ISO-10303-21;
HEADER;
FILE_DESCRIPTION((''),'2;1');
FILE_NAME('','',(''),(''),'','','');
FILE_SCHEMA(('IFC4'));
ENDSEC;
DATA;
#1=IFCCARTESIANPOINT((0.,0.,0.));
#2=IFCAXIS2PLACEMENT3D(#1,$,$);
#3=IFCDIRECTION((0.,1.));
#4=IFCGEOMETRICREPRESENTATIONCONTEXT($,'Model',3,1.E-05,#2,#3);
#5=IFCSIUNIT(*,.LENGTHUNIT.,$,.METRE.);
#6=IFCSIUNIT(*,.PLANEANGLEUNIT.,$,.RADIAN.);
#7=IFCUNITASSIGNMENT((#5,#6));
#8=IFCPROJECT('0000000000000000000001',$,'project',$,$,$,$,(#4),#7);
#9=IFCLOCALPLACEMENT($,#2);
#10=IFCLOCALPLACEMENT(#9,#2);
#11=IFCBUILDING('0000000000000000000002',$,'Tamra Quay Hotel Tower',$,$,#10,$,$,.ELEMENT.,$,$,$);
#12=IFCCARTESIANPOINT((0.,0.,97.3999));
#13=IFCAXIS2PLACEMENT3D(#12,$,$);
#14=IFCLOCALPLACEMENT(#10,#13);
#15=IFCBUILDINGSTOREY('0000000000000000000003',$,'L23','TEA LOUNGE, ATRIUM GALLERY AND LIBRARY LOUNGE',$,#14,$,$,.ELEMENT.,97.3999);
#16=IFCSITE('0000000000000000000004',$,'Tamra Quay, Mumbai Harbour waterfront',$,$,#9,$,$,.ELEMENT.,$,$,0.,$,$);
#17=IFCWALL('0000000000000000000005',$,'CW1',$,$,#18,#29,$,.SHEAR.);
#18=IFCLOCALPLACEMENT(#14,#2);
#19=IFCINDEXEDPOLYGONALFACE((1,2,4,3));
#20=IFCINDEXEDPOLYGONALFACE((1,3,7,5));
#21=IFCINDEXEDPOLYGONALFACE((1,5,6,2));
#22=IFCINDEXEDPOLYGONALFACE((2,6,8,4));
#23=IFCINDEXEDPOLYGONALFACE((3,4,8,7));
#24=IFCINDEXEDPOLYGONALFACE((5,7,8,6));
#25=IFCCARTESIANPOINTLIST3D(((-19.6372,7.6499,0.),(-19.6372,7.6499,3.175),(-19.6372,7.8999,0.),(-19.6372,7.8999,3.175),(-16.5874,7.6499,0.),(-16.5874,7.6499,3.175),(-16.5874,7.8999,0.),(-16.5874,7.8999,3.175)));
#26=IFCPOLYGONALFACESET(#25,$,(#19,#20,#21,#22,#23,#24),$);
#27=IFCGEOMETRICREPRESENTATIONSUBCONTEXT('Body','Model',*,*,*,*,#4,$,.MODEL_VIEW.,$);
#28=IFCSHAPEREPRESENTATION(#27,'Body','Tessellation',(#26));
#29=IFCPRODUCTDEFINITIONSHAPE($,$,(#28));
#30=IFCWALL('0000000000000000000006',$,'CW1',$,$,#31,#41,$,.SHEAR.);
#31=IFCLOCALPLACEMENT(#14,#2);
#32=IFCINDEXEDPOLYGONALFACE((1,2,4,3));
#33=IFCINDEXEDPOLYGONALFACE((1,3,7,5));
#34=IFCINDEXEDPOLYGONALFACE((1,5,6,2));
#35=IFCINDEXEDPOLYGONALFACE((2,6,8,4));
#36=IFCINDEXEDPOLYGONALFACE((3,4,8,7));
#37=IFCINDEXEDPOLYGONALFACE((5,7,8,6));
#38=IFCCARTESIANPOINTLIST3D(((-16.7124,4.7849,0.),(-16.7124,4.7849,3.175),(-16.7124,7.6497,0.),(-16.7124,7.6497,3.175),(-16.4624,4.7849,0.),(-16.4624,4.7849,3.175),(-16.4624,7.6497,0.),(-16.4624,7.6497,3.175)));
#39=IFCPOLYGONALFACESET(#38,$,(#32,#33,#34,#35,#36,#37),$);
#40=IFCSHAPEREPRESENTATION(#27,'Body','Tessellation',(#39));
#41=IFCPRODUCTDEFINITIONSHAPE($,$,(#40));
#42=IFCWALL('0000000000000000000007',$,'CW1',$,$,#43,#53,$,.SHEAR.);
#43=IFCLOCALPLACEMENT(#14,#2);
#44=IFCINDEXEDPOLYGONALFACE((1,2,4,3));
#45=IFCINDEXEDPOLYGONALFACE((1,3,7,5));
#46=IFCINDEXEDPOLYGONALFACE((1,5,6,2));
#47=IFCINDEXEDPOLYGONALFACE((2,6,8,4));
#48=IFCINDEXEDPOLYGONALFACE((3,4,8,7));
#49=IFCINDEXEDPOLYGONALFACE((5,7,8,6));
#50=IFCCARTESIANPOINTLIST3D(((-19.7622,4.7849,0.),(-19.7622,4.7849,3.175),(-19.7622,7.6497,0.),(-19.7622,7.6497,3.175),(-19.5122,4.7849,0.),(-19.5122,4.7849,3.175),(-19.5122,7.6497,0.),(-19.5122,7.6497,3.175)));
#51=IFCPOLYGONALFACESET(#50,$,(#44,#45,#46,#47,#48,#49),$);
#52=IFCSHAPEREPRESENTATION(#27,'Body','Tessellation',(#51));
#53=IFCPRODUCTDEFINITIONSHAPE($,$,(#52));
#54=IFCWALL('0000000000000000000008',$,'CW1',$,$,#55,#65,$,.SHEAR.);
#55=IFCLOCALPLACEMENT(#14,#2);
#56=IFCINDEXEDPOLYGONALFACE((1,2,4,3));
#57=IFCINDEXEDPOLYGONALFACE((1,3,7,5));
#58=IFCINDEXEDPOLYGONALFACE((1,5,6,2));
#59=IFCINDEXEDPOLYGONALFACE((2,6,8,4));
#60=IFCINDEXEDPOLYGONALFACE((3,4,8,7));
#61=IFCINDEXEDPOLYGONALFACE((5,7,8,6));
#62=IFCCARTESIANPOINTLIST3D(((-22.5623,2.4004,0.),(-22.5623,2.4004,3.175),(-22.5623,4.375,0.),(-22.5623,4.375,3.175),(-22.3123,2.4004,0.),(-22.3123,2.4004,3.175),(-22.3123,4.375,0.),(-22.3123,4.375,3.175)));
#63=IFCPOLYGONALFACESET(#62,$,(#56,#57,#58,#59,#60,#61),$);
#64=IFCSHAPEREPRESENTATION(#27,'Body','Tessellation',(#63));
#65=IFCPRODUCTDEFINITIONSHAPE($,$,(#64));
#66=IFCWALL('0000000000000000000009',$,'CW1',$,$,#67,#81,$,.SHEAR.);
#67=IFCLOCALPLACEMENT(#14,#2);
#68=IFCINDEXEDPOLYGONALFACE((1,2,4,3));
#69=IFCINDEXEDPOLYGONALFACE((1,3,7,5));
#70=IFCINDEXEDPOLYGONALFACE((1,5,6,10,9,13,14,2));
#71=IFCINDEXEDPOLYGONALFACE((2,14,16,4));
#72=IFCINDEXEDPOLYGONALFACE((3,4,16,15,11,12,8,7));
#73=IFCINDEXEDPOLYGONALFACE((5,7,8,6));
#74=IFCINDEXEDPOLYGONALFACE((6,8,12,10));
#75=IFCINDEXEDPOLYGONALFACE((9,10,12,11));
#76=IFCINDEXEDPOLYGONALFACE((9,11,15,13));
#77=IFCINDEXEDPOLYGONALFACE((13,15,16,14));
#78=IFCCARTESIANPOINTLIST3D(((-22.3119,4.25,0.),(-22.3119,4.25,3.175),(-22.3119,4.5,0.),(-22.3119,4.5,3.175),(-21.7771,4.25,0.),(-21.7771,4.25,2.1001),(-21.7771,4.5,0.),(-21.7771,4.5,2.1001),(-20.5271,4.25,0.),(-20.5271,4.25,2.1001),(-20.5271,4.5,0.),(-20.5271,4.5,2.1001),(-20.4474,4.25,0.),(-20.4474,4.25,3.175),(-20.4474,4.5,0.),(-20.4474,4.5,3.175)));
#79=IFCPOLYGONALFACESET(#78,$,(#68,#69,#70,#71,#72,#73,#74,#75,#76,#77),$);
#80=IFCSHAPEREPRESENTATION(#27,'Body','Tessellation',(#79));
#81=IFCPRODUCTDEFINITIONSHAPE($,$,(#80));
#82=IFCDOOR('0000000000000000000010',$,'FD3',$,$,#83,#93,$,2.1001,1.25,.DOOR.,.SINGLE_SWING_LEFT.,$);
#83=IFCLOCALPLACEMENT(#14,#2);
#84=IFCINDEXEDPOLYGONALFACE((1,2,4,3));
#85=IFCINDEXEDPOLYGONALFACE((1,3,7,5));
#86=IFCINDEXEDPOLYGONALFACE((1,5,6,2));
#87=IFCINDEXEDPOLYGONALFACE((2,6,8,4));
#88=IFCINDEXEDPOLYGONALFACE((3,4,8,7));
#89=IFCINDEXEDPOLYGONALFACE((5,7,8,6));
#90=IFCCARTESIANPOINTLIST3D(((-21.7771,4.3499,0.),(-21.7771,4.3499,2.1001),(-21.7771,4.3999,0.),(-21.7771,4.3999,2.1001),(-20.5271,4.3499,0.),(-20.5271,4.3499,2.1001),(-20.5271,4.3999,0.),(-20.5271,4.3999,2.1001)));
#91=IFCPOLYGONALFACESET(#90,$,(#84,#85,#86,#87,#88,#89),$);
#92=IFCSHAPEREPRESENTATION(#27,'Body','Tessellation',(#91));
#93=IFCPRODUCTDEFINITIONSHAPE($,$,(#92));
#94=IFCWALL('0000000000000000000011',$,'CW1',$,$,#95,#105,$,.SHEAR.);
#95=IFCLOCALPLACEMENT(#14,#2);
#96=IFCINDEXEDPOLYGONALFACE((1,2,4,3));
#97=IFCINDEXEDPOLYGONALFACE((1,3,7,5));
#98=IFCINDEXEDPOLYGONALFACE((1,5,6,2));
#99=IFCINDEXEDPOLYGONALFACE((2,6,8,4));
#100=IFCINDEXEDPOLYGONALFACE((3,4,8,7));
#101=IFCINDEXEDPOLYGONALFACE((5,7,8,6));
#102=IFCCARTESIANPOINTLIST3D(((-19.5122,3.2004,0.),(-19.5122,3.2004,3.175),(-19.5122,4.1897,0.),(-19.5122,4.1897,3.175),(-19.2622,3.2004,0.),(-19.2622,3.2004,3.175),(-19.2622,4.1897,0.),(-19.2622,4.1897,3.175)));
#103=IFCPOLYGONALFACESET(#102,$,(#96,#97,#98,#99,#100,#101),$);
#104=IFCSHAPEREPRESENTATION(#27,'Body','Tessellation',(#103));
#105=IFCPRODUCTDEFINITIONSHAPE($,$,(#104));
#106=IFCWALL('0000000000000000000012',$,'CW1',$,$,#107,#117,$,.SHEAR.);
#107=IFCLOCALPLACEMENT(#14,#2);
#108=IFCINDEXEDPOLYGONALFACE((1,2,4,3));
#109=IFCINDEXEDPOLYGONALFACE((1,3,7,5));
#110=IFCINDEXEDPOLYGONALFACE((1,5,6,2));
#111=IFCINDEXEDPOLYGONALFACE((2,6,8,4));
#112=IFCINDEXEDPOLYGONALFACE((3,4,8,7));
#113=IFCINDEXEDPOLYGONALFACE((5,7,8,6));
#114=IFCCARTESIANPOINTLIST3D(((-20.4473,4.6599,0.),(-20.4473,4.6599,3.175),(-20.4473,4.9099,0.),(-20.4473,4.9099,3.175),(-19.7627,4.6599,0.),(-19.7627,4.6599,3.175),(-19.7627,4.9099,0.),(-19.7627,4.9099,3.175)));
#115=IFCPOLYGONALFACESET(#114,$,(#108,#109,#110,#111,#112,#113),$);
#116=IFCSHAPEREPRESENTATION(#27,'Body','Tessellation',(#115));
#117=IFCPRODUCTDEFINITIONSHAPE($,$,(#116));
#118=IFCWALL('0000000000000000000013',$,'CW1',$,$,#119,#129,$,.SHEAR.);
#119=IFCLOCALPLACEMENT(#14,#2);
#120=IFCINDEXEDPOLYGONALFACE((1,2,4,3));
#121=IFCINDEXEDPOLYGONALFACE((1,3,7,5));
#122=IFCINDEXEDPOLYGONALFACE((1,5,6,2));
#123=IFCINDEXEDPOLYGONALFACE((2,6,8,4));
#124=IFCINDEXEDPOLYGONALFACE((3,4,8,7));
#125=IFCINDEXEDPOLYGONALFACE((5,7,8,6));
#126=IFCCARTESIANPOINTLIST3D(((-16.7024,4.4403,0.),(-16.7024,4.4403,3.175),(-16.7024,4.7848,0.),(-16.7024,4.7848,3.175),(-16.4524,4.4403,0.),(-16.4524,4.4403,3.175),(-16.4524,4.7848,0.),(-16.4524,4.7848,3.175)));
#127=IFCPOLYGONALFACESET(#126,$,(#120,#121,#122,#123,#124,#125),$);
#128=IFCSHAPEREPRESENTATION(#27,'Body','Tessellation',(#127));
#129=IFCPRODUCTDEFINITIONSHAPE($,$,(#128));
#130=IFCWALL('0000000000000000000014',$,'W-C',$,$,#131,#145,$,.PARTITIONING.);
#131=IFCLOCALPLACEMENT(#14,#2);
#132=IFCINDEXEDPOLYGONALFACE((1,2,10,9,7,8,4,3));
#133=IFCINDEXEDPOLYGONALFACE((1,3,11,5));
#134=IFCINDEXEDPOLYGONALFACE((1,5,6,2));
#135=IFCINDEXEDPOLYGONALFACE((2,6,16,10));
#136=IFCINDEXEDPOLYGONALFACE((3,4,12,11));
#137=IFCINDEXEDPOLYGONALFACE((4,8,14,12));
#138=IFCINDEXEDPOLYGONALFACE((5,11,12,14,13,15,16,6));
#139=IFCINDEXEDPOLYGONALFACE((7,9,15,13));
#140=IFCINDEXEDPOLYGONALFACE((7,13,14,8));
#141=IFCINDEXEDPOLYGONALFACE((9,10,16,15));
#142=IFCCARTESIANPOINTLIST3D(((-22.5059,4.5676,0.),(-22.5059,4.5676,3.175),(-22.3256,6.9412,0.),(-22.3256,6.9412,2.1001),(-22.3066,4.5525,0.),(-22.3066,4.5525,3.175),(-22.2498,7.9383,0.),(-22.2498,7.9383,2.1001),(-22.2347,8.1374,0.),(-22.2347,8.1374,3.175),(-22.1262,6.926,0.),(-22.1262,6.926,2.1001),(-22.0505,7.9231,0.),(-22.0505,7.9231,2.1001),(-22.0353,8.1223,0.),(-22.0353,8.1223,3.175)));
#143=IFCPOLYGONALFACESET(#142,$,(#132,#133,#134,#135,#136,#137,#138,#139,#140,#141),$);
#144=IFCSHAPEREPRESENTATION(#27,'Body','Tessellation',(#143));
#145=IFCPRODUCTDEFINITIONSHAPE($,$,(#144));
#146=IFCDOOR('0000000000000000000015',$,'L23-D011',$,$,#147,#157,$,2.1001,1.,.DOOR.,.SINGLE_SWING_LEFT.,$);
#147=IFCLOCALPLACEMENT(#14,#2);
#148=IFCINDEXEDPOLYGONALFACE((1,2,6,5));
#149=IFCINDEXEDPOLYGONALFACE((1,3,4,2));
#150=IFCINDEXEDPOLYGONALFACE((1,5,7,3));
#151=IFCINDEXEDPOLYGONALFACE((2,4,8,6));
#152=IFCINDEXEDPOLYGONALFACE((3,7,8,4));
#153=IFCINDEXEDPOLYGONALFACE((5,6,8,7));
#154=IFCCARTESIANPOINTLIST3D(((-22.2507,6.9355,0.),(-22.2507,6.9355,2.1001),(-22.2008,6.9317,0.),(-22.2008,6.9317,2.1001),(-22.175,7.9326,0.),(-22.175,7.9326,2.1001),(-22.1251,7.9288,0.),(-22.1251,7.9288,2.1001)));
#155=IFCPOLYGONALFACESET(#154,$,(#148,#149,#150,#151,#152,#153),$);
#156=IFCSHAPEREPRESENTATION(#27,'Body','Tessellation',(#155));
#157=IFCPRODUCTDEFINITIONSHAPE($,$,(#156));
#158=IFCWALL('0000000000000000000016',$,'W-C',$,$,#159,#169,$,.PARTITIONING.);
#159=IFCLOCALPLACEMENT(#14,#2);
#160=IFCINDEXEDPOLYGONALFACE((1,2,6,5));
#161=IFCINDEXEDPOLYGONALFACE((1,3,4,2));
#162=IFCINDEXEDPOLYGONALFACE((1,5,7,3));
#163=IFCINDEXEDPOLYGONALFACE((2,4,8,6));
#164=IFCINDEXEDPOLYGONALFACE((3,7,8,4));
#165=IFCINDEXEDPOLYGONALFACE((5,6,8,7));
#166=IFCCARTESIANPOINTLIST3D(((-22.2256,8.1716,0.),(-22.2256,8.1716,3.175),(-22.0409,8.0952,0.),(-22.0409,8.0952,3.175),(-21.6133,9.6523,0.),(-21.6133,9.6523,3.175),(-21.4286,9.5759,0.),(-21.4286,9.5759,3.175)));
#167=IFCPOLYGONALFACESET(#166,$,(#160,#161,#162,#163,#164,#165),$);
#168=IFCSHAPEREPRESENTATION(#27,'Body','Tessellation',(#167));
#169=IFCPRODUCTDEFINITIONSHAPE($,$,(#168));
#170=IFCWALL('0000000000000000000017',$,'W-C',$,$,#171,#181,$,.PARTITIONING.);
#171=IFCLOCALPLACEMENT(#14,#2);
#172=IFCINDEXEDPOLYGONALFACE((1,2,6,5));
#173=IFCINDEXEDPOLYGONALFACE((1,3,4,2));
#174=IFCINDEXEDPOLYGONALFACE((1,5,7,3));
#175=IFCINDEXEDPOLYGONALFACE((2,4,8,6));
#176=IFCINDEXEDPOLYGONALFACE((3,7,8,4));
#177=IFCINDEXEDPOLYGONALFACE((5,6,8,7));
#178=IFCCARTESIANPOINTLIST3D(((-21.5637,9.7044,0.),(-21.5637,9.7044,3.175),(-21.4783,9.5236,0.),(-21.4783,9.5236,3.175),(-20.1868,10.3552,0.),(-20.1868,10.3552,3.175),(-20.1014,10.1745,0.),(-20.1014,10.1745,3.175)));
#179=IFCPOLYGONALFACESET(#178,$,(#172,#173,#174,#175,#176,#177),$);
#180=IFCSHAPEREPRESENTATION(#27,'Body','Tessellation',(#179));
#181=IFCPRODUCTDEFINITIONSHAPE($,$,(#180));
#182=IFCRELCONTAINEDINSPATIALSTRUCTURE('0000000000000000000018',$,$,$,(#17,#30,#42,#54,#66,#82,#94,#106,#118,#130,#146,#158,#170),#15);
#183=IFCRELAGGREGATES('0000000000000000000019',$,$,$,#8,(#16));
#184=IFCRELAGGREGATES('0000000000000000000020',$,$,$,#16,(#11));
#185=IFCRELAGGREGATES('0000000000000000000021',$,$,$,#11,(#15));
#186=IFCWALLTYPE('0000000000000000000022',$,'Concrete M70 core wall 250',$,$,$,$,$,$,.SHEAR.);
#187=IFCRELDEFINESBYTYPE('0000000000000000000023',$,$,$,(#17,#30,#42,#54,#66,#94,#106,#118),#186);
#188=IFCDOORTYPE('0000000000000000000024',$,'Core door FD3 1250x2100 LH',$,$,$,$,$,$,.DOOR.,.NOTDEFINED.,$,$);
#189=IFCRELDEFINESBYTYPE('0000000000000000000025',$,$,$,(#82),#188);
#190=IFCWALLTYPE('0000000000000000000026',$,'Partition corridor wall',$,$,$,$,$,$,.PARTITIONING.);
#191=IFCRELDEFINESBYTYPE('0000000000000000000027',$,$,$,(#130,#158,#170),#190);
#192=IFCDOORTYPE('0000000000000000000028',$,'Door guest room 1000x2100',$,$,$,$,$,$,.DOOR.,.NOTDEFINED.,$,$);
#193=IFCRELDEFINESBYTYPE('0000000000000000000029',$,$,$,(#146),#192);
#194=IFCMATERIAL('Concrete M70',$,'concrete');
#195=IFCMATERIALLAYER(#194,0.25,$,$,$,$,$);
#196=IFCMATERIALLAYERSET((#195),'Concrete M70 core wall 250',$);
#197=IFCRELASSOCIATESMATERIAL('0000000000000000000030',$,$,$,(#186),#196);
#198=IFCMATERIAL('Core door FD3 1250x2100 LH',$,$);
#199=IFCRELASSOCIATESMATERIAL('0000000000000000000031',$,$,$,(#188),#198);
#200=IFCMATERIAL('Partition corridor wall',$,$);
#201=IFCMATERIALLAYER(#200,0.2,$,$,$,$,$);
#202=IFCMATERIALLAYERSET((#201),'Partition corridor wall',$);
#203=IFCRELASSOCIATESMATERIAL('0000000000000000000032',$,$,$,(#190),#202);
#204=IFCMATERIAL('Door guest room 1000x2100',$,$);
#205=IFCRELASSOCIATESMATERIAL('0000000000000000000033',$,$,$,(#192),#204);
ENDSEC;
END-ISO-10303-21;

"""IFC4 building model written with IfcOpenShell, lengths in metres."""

from ifc_helpers import new_model, si_unit, direction, frame, frame_2d, origin, place, context, subcontext, project, spatial, rectangle, extrude, material, layer, layer_set, type_object, element, fill, save


model = new_model("IFC4")

# Units and contexts
model_context = context("Model", 3, precision=1e-05, world=origin(), true_north=direction((0.0, 1.0)))
body_context = subcontext(model_context, "Body", "Model", "MODEL_VIEW")
ifc_project = project(units=[si_unit("LENGTHUNIT", "METRE"), si_unit("PLANEANGLEUNIT", "RADIAN")], contexts=[model_context])

# Site, building, storey
site_placement = place(None, origin())
site = spatial("IfcSite", under=ifc_project, at=site_placement, Name="Tamra Quay, Mumbai Harbour waterfront", CompositionType="ELEMENT", RefElevation=0.0)
building_placement = place(site_placement, origin())
building = spatial("IfcBuilding", under=site, at=building_placement, Name="Tamra Quay Hotel Tower", CompositionType="ELEMENT")
storey_placement = place(building_placement, frame((0.0, 0.0, 97.3999)))
storey = spatial("IfcBuildingStorey", under=building, at=storey_placement, Name="L23", Description="TEA LOUNGE, ATRIUM GALLERY AND LIBRARY LOUNGE", CompositionType="ELEMENT", Elevation=97.3999)

# Shared definitions
ifc_material_1 = material(Name="Concrete M70", Category="concrete")

# Walls
ifc_layer_1 = layer(ifc_material_1, 0.25)
ifc_layer_set_1 = layer_set([ifc_layer_1], Name="Concrete M70 core wall 250")
wall_type_1 = type_object("IfcWallType", Name="Concrete M70 core wall 250", PredefinedType="SHEAR", material=ifc_layer_set_1)
wall_1_placement = place(storey_placement, frame((-19.6372, 7.7749, 0.0), z_axis=(0.0, 0.0, 1.0), x_axis=(1.0, 0.0, 0.0)))
element("IfcWall", 1, at=wall_1_placement, inside=storey, type_object=wall_type_1, Name="CW1", PredefinedType="SHEAR", context=body_context, shape_type="SweptSolid", body=[
    extrude(rectangle(XDim=3.0498, YDim=0.25, at=frame_2d((1.5249, 0.0))), origin(), (0.0, 0.0, 1.0), 3.175),
])
for number, where, z_axis, x_axis, name in (
    (2, (-16.5874, 7.6497, 0.0), (0.0, 0.0, 1.0), (0.0, -1.0, 0.0), "CW1"),
    (3, (-19.6372, 4.7849, 0.0), (0.0, 0.0, 1.0), (0.0, 1.0, 0.0), "CW1"),
):
    element("IfcWall", number, at=place(storey_placement, frame(where, z_axis=z_axis, x_axis=x_axis)), inside=storey, type_object=wall_type_1, Name=name, PredefinedType="SHEAR", context=body_context, shape_type="SweptSolid", body=[
        extrude(rectangle(XDim=2.8647, YDim=0.25, at=frame_2d((1.4324, 0.0))), origin(), (0.0, 0.0, 1.0), 3.175),
    ])
wall_2_placement = place(storey_placement, frame((-22.4373, 2.4004, 0.0), z_axis=(0.0, 0.0, 1.0), x_axis=(0.0, 1.0, 0.0)))
element("IfcWall", 4, at=wall_2_placement, inside=storey, type_object=wall_type_1, Name="CW1", PredefinedType="SHEAR", context=body_context, shape_type="SweptSolid", body=[
    extrude(rectangle(XDim=1.9746, YDim=0.25, at=frame_2d((0.9873, 0.0))), origin(), (0.0, 0.0, 1.0), 3.175),
])

# Wall, opening, door
wall_3_placement = place(storey_placement, frame((-22.3118, 4.375, 0.0), z_axis=(0.0, 0.0, 1.0), x_axis=(1.0, 0.0, 0.0)))
wall_3 = element("IfcWall", 5, at=wall_3_placement, inside=storey, type_object=wall_type_1, Name="CW1", PredefinedType="SHEAR", context=body_context, shape_type="SweptSolid", body=[
    extrude(rectangle(XDim=1.8645, YDim=0.25, at=frame_2d((0.9321, 0.0))), origin(), (0.0, 0.0, 1.0), 3.175),
])
opening_1_placement = place(wall_3_placement, frame((0.5347, 0.0, 0.0)))
opening_1 = element("IfcOpeningElement", 6, at=opening_1_placement, cuts=wall_3, PredefinedType="OPENING", context=body_context, shape_type="SweptSolid", body=[
    extrude(rectangle(XDim=1.25, YDim=2.1001, at=frame_2d((0.625, 1.05))), frame((0.0, 0.135, 0.0), z_axis=(0.0, -1.0, 0.0), x_axis=(1.0, 0.0, 0.0)), (0.0, 0.0, 1.0), 0.27),
])
ifc_material_2 = material(Name="Core door FD3 1250x2100 LH")
door_type_1 = type_object("IfcDoorType", Name="Core door FD3 1250x2100 LH", OperationType="NOTDEFINED", PredefinedType="DOOR", material=ifc_material_2)
door_1_placement = place(opening_1_placement, origin())
door_1 = element("IfcDoor", 7, at=door_1_placement, inside=storey, type_object=door_type_1, Name="FD3", OperationType="SINGLE_SWING_LEFT", OverallHeight=2.1001, OverallWidth=1.25, PredefinedType="DOOR", context=body_context, shape_type="SweptSolid", body=[
    extrude(rectangle(XDim=1.25, YDim=2.1001, at=frame_2d((0.625, 1.05))), frame((0.0, 0.0249, 0.0), z_axis=(0.0, -1.0, 0.0), x_axis=(1.0, 0.0, 0.0)), (0.0, 0.0, 1.0), 0.05),
])
fill(opening_1, door_1)

# Walls
wall_4_placement = place(storey_placement, frame((-19.3872, 4.1897, 0.0), z_axis=(0.0, 0.0, 1.0), x_axis=(0.0, -1.0, 0.0)))
element("IfcWall", 8, at=wall_4_placement, inside=storey, type_object=wall_type_1, Name="CW1", PredefinedType="SHEAR", context=body_context, shape_type="SweptSolid", body=[
    extrude(rectangle(XDim=0.9893, YDim=0.25, at=frame_2d((0.4946, 0.0))), origin(), (0.0, 0.0, 1.0), 3.175),
])
wall_5_placement = place(storey_placement, frame((-20.4473, 4.7849, 0.0), z_axis=(0.0, 0.0, 1.0), x_axis=(1.0, 0.0, 0.0)))
element("IfcWall", 9, at=wall_5_placement, inside=storey, type_object=wall_type_1, Name="CW1", PredefinedType="SHEAR", context=body_context, shape_type="SweptSolid", body=[
    extrude(rectangle(XDim=0.6846, YDim=0.25, at=frame_2d((0.3423, 0.0))), origin(), (0.0, 0.0, 1.0), 3.175),
])
wall_6_placement = place(storey_placement, frame((-16.5774, 4.7849, 0.0), z_axis=(0.0, 0.0, 1.0), x_axis=(0.0, -1.0, 0.0)))
element("IfcWall", 10, at=wall_6_placement, inside=storey, type_object=wall_type_1, Name="CW1", PredefinedType="SHEAR", context=body_context, shape_type="SweptSolid", body=[
    extrude(rectangle(XDim=0.3445, YDim=0.25, at=frame_2d((0.1724, 0.0))), origin(), (0.0, 0.0, 1.0), 3.175),
])

# Wall, opening, door
ifc_material_3 = material(Name="Partition corridor wall")
ifc_layer_2 = layer(ifc_material_3, 0.2)
ifc_layer_set_2 = layer_set([ifc_layer_2], Name="Partition corridor wall")
wall_type_2 = type_object("IfcWallType", Name="Partition corridor wall", PredefinedType="PARTITIONING", material=ifc_layer_set_2)
wall_7_placement = place(storey_placement, frame((-22.4062, 4.5601, 0.0), z_axis=(0.0, 0.0, 1.0), x_axis=(0.075763, 0.997126, 0.0)))
wall_7 = element("IfcWall", 11, at=wall_7_placement, inside=storey, type_object=wall_type_2, Name="W-C", PredefinedType="PARTITIONING", context=body_context, shape_type="SweptSolid", body=[
    extrude(rectangle(XDim=3.5801, YDim=0.2, at=frame_2d((1.79, 0.0))), origin(), (0.0, 0.0, 1.0), 3.175),
])
opening_2_placement = place(wall_7_placement, frame((2.3804, 0.0, 0.0)))
opening_2 = element("IfcOpeningElement", 12, at=opening_2_placement, cuts=wall_7, PredefinedType="OPENING", context=body_context, shape_type="SweptSolid", body=[
    extrude(rectangle(XDim=1.0, YDim=2.1001, at=frame_2d((0.5, 1.05))), frame((0.0, 0.1099, 0.0), z_axis=(0.0, -1.0, 0.0), x_axis=(1.0, 0.0, 0.0)), (0.0, 0.0, 1.0), 0.22),
])
ifc_material_4 = material(Name="Door guest room 1000x2100")
door_type_2 = type_object("IfcDoorType", Name="Door guest room 1000x2100", OperationType="NOTDEFINED", PredefinedType="DOOR", material=ifc_material_4)
door_2_placement = place(opening_2_placement, origin())
door_2 = element("IfcDoor", 13, at=door_2_placement, inside=storey, type_object=door_type_2, Name="L23-D011", OperationType="SINGLE_SWING_LEFT", OverallHeight=2.1001, OverallWidth=1.0, PredefinedType="DOOR", context=body_context, shape_type="SweptSolid", body=[
    extrude(rectangle(XDim=1.0, YDim=2.1001, at=frame_2d((0.5, 1.05))), frame((0.0, 0.0249, 0.0), z_axis=(0.0, -1.0, 0.0), x_axis=(1.0, 0.0, 0.0)), (0.0, 0.0, 1.0), 0.05),
])
fill(opening_2, door_2)

# Walls
wall_8_placement = place(storey_placement, frame((-22.1333, 8.1333, 0.0), z_axis=(0.0, 0.0, 1.0), x_axis=(0.382136, 0.924106, 0.0)))
element("IfcWall", 14, at=wall_8_placement, inside=storey, type_object=wall_type_2, Name="W-C", PredefinedType="PARTITIONING", context=body_context, shape_type="SweptSolid", body=[
    extrude(rectangle(XDim=1.6023, YDim=0.2, at=frame_2d((0.8013, 0.0))), origin(), (0.0, 0.0, 1.0), 3.175),
])
wall_9_placement = place(storey_placement, frame((-21.521, 9.614, 0.0), z_axis=(0.0, 0.0, 1.0), x_axis=(0.904084, 0.427356, 0.0)))
element("IfcWall", 15, at=wall_9_placement, inside=storey, type_object=wall_type_2, Name="W-C", PredefinedType="PARTITIONING", context=body_context, shape_type="SweptSolid", body=[
    extrude(rectangle(XDim=1.5229, YDim=0.2, at=frame_2d((0.7615, 0.0))), origin(), (0.0, 0.0, 1.0), 3.175),
])

save(model, "model.ifc")
